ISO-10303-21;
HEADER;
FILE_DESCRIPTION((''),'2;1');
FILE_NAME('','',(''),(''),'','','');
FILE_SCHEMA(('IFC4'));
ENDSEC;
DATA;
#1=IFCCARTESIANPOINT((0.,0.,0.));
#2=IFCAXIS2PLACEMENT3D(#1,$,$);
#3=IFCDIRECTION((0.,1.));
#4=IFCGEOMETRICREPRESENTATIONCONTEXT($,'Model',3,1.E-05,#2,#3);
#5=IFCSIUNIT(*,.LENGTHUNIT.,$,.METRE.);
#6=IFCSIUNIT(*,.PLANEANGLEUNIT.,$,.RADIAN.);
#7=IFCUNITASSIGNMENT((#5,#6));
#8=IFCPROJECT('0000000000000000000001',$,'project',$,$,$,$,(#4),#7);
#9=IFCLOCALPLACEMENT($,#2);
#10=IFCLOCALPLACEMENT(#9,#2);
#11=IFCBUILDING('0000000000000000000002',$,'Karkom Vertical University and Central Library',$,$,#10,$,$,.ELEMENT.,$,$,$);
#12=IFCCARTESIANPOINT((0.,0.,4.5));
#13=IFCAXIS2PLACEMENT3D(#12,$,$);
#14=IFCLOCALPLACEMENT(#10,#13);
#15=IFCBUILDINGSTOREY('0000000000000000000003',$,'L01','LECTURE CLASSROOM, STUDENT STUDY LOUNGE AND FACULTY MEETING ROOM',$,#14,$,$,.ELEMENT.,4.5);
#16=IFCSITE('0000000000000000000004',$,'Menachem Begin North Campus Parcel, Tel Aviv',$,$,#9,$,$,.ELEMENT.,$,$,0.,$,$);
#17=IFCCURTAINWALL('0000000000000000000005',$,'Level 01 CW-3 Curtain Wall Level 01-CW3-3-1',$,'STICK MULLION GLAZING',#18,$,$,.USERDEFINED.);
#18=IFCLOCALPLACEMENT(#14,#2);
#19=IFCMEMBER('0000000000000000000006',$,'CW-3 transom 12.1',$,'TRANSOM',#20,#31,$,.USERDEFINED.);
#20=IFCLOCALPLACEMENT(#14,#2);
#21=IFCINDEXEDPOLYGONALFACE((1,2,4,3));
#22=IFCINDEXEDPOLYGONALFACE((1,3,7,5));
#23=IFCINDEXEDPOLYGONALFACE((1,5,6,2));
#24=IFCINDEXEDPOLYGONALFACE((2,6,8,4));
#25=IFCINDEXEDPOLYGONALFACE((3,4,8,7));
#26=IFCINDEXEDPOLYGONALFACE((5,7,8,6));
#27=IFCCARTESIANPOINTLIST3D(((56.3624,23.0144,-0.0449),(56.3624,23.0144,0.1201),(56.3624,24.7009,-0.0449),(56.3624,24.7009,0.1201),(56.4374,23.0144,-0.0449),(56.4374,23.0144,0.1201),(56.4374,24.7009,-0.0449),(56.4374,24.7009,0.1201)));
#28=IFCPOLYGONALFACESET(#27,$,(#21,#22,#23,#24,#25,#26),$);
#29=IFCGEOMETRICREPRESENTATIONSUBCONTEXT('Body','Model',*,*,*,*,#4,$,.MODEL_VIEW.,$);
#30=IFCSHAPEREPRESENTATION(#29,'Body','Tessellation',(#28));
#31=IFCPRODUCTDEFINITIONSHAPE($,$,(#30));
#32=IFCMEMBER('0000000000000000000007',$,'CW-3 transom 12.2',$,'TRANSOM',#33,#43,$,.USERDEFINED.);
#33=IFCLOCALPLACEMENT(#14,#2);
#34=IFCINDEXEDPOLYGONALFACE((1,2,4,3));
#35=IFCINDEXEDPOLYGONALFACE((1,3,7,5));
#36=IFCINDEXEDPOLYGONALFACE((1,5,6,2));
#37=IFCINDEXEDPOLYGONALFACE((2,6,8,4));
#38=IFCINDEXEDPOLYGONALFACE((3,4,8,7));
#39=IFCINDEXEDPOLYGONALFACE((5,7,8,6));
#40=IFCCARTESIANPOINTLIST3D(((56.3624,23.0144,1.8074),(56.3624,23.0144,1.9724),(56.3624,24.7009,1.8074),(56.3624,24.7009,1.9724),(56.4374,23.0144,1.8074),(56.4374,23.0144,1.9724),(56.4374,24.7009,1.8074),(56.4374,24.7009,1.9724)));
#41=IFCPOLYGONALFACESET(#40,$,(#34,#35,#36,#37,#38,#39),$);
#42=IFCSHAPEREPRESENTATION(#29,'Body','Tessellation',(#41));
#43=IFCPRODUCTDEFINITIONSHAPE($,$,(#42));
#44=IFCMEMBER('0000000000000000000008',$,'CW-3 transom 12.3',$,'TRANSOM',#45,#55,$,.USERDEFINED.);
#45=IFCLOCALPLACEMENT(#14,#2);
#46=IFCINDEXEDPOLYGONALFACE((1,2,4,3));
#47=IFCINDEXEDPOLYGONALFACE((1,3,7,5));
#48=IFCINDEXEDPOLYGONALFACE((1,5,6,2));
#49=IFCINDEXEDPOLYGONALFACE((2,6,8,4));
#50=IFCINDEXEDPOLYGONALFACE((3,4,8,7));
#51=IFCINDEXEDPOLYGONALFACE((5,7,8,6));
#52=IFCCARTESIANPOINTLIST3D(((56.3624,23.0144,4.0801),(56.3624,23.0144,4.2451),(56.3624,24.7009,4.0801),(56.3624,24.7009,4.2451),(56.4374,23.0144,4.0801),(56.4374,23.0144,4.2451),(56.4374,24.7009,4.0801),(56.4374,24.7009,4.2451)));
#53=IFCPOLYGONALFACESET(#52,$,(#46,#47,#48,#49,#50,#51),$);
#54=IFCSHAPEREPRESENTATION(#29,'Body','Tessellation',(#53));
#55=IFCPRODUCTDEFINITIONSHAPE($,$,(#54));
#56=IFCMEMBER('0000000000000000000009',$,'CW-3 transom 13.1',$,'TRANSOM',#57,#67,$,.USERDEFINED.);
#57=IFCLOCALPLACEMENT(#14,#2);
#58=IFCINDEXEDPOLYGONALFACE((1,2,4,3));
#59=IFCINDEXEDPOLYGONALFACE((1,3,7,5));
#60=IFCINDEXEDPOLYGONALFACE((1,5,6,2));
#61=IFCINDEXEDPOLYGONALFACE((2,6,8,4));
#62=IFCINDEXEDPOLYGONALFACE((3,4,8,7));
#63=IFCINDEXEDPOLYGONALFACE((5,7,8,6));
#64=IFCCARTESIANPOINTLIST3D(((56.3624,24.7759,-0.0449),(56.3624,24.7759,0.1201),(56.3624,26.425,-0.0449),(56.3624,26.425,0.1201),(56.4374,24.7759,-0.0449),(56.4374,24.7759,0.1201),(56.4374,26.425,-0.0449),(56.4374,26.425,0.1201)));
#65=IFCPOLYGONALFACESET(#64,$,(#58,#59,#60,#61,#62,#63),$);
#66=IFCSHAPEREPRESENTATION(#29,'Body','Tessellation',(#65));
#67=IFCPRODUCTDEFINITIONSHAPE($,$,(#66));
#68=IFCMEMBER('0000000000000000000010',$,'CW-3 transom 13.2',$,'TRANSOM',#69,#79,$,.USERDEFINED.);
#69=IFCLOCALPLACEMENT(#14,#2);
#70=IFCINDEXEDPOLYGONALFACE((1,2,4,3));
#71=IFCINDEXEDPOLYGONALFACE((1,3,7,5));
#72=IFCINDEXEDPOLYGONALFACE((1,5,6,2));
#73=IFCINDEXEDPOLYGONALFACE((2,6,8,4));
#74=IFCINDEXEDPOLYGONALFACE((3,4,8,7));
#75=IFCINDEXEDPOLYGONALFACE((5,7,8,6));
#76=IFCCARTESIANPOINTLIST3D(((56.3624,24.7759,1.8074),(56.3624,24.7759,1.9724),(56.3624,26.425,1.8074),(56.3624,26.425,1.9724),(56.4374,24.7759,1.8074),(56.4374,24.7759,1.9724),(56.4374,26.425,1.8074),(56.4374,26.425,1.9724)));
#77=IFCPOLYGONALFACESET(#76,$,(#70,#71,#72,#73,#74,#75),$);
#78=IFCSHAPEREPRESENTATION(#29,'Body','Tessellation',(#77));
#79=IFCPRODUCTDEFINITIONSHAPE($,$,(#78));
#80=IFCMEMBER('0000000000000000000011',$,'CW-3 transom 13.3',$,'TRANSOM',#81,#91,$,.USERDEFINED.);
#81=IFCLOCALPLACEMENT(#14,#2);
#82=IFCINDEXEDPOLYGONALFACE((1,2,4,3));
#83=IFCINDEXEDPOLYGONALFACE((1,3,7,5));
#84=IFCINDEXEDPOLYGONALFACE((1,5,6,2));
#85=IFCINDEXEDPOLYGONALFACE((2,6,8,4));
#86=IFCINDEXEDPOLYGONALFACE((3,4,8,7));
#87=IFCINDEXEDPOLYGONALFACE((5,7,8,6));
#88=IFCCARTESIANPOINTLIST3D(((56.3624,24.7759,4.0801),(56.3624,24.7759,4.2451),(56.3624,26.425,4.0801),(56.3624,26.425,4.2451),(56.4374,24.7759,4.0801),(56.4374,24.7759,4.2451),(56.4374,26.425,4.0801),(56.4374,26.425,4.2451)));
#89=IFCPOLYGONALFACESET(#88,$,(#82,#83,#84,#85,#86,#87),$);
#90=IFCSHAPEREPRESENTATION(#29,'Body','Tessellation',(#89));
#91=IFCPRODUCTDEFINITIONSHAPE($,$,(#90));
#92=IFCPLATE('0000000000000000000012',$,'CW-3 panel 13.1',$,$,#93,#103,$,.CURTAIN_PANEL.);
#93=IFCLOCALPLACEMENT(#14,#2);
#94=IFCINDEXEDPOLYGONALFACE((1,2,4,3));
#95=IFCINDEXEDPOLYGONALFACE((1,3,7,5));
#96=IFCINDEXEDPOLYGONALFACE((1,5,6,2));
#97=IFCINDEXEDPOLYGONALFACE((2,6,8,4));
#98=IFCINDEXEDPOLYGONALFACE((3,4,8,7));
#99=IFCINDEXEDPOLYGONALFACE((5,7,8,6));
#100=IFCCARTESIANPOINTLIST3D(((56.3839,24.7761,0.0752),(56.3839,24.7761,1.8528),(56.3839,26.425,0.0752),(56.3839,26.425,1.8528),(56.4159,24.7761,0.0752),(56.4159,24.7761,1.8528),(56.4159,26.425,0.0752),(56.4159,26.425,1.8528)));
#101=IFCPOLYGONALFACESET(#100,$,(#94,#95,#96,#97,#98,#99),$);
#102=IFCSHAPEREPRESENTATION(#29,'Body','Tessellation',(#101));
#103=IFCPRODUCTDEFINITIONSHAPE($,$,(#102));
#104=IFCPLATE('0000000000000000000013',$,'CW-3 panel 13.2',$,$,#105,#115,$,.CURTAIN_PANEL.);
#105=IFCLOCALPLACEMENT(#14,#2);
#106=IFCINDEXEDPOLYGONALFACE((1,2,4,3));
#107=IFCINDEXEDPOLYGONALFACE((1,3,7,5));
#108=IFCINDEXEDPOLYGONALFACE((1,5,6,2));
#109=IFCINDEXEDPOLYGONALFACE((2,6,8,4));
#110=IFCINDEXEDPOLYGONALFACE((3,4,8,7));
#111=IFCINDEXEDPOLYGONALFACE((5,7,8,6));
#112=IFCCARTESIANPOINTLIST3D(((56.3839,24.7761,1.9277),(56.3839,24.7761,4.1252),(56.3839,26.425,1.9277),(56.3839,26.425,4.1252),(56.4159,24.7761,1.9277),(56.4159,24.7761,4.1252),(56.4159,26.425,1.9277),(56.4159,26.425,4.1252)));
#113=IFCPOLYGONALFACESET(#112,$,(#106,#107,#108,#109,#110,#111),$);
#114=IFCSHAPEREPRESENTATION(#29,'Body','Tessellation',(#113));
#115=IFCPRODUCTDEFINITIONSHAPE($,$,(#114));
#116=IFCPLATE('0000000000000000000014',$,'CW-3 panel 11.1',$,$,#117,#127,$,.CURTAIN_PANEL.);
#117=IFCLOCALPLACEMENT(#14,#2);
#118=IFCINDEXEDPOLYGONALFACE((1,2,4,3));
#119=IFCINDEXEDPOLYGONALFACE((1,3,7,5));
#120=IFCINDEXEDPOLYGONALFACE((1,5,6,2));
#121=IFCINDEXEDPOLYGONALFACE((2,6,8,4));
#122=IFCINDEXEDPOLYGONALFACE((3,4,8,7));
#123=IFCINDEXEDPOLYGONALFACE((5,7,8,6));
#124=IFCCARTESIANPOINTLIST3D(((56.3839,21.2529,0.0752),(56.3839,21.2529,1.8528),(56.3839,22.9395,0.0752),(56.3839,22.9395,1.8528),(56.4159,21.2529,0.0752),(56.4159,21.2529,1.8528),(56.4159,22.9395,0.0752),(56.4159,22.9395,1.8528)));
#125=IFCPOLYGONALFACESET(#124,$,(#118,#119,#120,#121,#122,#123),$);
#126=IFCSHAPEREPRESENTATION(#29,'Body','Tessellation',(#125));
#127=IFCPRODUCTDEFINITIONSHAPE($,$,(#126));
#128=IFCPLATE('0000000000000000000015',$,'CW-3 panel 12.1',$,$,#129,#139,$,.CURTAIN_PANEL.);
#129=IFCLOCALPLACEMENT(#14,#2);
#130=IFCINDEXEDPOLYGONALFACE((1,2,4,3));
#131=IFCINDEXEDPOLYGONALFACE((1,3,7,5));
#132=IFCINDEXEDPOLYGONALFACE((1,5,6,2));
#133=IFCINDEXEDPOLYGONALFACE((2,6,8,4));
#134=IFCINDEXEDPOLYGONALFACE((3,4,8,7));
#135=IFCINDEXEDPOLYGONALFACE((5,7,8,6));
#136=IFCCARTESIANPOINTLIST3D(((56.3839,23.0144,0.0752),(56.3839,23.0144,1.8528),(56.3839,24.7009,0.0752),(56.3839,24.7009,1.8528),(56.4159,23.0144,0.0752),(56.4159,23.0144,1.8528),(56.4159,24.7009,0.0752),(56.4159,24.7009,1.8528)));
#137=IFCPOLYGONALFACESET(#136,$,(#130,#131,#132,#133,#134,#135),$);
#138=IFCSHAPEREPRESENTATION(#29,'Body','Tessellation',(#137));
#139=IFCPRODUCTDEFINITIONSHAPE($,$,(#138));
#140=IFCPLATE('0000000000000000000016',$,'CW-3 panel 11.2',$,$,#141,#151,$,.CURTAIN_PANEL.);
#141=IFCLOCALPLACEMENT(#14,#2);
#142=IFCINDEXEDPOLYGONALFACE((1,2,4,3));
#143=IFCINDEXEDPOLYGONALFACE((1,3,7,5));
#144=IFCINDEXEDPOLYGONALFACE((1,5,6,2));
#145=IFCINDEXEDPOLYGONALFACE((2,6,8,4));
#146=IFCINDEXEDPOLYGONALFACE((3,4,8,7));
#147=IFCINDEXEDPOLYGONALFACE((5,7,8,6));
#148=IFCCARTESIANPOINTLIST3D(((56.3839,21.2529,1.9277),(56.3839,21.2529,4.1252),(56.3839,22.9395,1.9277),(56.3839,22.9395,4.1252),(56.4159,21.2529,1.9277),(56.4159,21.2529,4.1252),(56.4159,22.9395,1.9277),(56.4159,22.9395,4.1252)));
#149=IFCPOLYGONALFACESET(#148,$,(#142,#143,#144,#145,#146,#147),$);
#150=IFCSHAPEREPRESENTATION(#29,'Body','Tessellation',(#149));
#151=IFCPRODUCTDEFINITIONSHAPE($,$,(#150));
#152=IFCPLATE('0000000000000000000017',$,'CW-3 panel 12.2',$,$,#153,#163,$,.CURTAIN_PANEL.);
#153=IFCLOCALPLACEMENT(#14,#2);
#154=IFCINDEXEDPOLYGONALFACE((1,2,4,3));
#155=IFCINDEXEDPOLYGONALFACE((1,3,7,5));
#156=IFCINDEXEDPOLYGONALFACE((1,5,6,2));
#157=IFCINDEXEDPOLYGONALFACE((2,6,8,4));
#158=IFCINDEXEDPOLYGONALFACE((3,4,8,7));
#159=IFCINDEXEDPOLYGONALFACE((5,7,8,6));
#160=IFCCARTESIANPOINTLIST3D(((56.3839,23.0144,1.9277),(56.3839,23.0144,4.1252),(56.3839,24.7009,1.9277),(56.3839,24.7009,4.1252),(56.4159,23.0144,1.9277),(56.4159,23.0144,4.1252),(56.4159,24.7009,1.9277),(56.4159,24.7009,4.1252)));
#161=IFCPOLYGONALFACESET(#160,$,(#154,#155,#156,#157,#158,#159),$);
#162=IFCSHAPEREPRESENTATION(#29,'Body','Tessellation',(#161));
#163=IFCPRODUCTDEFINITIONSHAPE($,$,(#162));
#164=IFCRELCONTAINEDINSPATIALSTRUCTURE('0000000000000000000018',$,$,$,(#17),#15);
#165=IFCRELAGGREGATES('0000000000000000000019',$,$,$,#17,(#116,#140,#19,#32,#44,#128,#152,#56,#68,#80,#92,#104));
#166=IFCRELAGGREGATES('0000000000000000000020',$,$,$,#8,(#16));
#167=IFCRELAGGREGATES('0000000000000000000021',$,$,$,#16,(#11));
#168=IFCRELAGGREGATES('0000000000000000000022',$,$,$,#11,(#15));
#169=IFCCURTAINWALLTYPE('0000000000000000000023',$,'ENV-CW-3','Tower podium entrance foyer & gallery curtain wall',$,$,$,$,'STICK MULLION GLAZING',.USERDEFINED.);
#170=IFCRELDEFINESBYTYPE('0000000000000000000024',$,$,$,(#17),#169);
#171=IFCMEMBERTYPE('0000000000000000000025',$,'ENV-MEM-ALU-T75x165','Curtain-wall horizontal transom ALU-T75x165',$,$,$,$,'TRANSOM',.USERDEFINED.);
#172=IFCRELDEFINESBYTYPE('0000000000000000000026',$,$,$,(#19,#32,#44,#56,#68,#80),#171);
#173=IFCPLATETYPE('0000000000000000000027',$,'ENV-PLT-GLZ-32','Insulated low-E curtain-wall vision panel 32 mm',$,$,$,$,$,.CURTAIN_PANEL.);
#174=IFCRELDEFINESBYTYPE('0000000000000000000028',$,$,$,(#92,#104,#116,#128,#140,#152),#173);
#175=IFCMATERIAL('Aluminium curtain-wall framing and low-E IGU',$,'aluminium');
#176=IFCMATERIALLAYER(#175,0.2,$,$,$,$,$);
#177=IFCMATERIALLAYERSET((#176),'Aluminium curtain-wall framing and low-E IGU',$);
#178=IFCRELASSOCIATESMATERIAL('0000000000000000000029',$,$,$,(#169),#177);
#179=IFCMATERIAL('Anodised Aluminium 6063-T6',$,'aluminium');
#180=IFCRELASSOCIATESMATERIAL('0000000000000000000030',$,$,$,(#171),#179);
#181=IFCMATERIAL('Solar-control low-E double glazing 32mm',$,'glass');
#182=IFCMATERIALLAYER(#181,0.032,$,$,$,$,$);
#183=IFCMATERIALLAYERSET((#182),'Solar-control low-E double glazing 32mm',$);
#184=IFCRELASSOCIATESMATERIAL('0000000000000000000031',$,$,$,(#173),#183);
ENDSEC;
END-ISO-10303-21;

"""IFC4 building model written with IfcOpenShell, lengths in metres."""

from ifc_helpers import new_model, si_unit, direction, frame, origin, origin_with_axes, origin_2d, place, context, subcontext, project, spatial, rectangle, extrude, source, transform, mapped, material, layer, layer_set, material_profile, profile_set, type_object, element, aggregate, save


model = new_model("IFC4")

# Units and contexts
model_context = context("Model", 3, precision=1e-05, world=origin(), true_north=direction((0.0, 1.0)))
body_context = subcontext(model_context, "Body", "Model", "MODEL_VIEW")
ifc_project = project(units=[si_unit("LENGTHUNIT", "METRE"), si_unit("PLANEANGLEUNIT", "RADIAN")], contexts=[model_context])

# Site, building, storey
site_placement = place(None, origin())
site = spatial("IfcSite", under=ifc_project, at=site_placement, Name="Menachem Begin North Campus Parcel, Tel Aviv", CompositionType="ELEMENT", RefElevation=0.0)
building_placement = place(site_placement, origin())
building = spatial("IfcBuilding", under=site, at=building_placement, Name="Karkom Vertical University and Central Library", CompositionType="ELEMENT")
storey_placement = place(building_placement, frame((0.0, 0.0, 4.5)))
storey = spatial("IfcBuildingStorey", under=building, at=storey_placement, Name="L01", Description="LECTURE CLASSROOM, STUDENT STUDY LOUNGE AND FACULTY MEETING ROOM", CompositionType="ELEMENT", Elevation=4.5)

# Curtain wall
ifc_material_1 = material(Name="Aluminium curtain-wall framing and low-E IGU", Category="aluminium")
ifc_layer_1 = layer(ifc_material_1, 0.2)
ifc_layer_set_1 = layer_set([ifc_layer_1], Name="Aluminium curtain-wall framing and low-E IGU")
curtain_wall_type_1 = type_object("IfcCurtainWallType", Name="ENV-CW-3", Description="Tower podium entrance foyer & gallery curtain wall", ElementType="STICK MULLION GLAZING", PredefinedType="USERDEFINED", material=ifc_layer_set_1)
curtain_wall_1_placement = place(storey_placement, origin())
curtain_wall_1 = element("IfcCurtainWall", 1, at=curtain_wall_1_placement, inside=storey, type_object=curtain_wall_type_1, Name="Level 01 CW-3 Curtain Wall Level 01-CW3-3-1", ObjectType="STICK MULLION GLAZING", PredefinedType="USERDEFINED")
ifc_material_2 = material(Name="Anodised Aluminium 6063-T6", Category="aluminium")

# Members
ifc_material_profile_1 = material_profile(ifc_material_2, rectangle(XDim=0.075, YDim=0.165, at=origin_2d()), Name="ALU-T75x165")
ifc_profile_set_1 = profile_set([ifc_material_profile_1], Name="Anodised Aluminium 6063-T6")
member_type_1 = type_object("IfcMemberType", Name="ENV-MEM-ALU-T75x165", Description="Curtain-wall horizontal transom ALU-T75x165", ElementType="TRANSOM", PredefinedType="USERDEFINED", material=ifc_profile_set_1)
shared_shape_1 = source(origin_with_axes(), body_context, "Body", "SweptSolid", [
    extrude(rectangle(XDim=0.075, YDim=0.165, at=origin_2d()), origin(), (0.0, 0.0, 1.0), 1.6865),
])
member_1_placement = place(storey_placement, frame((56.3999, 23.0144, 0.0376), z_axis=(0.0, 1.0, 0.0), x_axis=(-1.0, 0.0, 0.0)))
member_1 = element("IfcMember", 2, at=member_1_placement, type_object=member_type_1, Name="CW-3 transom 12.1", ObjectType="TRANSOM", PredefinedType="USERDEFINED", context=body_context, shape_type="MappedRepresentation", body=[
    mapped(shared_shape_1, transform((0.0, 0.0, 0.0), scale=1.0)),
])
member_2_placement = place(storey_placement, frame((56.3999, 23.0144, 1.8899), z_axis=(0.0, 1.0, 0.0), x_axis=(-1.0, 0.0, 0.0)))
member_2 = element("IfcMember", 3, at=member_2_placement, type_object=member_type_1, Name="CW-3 transom 12.2", ObjectType="TRANSOM", PredefinedType="USERDEFINED", context=body_context, shape_type="MappedRepresentation", body=[
    mapped(shared_shape_1, transform((0.0, 0.0, 0.0), scale=1.0)),
])
member_3_placement = place(storey_placement, frame((56.3999, 23.0144, 4.1626), z_axis=(0.0, 1.0, 0.0), x_axis=(-1.0, 0.0, 0.0)))
member_3 = element("IfcMember", 4, at=member_3_placement, type_object=member_type_1, Name="CW-3 transom 12.3", ObjectType="TRANSOM", PredefinedType="USERDEFINED", context=body_context, shape_type="MappedRepresentation", body=[
    mapped(shared_shape_1, transform((0.0, 0.0, 0.0), scale=1.0)),
])
shared_shape_2 = source(origin_with_axes(), body_context, "Body", "SweptSolid", [
    extrude(rectangle(XDim=0.075, YDim=0.165, at=origin_2d()), origin(), (0.0, 0.0, 1.0), 1.6492),
])
member_4_placement = place(storey_placement, frame((56.3999, 24.7759, 0.0376), z_axis=(0.0, 1.0, 0.0), x_axis=(-1.0, 0.0, 0.0)))
member_4 = element("IfcMember", 5, at=member_4_placement, type_object=member_type_1, Name="CW-3 transom 13.1", ObjectType="TRANSOM", PredefinedType="USERDEFINED", context=body_context, shape_type="MappedRepresentation", body=[
    mapped(shared_shape_2, transform((0.0, 0.0, 0.0), scale=1.0)),
])
member_5_placement = place(storey_placement, frame((56.3999, 24.7759, 1.8899), z_axis=(0.0, 1.0, 0.0), x_axis=(-1.0, 0.0, 0.0)))
member_5 = element("IfcMember", 6, at=member_5_placement, type_object=member_type_1, Name="CW-3 transom 13.2", ObjectType="TRANSOM", PredefinedType="USERDEFINED", context=body_context, shape_type="MappedRepresentation", body=[
    mapped(shared_shape_2, transform((0.0, 0.0, 0.0), scale=1.0)),
])
member_6_placement = place(storey_placement, frame((56.3999, 24.7759, 4.1626), z_axis=(0.0, 1.0, 0.0), x_axis=(-1.0, 0.0, 0.0)))
member_6 = element("IfcMember", 7, at=member_6_placement, type_object=member_type_1, Name="CW-3 transom 13.3", ObjectType="TRANSOM", PredefinedType="USERDEFINED", context=body_context, shape_type="MappedRepresentation", body=[
    mapped(shared_shape_2, transform((0.0, 0.0, 0.0), scale=1.0)),
])

# Plates
ifc_material_3 = material(Name="Solar-control low-E double glazing 32mm", Category="glass")
ifc_layer_2 = layer(ifc_material_3, 0.032)
ifc_layer_set_2 = layer_set([ifc_layer_2], Name="Solar-control low-E double glazing 32mm")
plate_type = type_object("IfcPlateType", Name="ENV-PLT-GLZ-32", Description="Insulated low-E curtain-wall vision panel 32 mm", PredefinedType="CURTAIN_PANEL", material=ifc_layer_set_2)
shared_shape_3 = source(origin_with_axes(), body_context, "Body", "SweptSolid", [
    extrude(rectangle(XDim=1.6489, YDim=0.032, at=origin_2d()), origin(), (0.0, 0.0, 1.0), 1.7776),
])
plate_1_placement = place(storey_placement, frame((56.3999, 25.6006, 0.0752), z_axis=(0.0, 0.0, 1.0), x_axis=(0.0, 1.0, 0.0)))
plate_1 = element("IfcPlate", 8, at=plate_1_placement, type_object=plate_type, Name="CW-3 panel 13.1", PredefinedType="CURTAIN_PANEL", context=body_context, shape_type="MappedRepresentation", body=[
    mapped(shared_shape_3, transform((0.0, 0.0, 0.0), scale=1.0)),
])
shared_shape_4 = source(origin_with_axes(), body_context, "Body", "SweptSolid", [
    extrude(rectangle(XDim=1.6489, YDim=0.032, at=origin_2d()), origin(), (0.0, 0.0, 1.0), 2.1975),
])
plate_2_placement = place(storey_placement, frame((56.3999, 25.6006, 1.9277), z_axis=(0.0, 0.0, 1.0), x_axis=(0.0, 1.0, 0.0)))
plate_2 = element("IfcPlate", 9, at=plate_2_placement, type_object=plate_type, Name="CW-3 panel 13.2", PredefinedType="CURTAIN_PANEL", context=body_context, shape_type="MappedRepresentation", body=[
    mapped(shared_shape_4, transform((0.0, 0.0, 0.0), scale=1.0)),
])
shared_shape_5 = source(origin_with_axes(), body_context, "Body", "SweptSolid", [
    extrude(rectangle(XDim=1.6865, YDim=0.032, at=origin_2d()), origin(), (0.0, 0.0, 1.0), 1.7776),
])
plate_3_placement = place(storey_placement, frame((56.3999, 22.0962, 0.0752), z_axis=(0.0, 0.0, 1.0), x_axis=(0.0, 1.0, 0.0)))
plate_3 = element("IfcPlate", 10, at=plate_3_placement, type_object=plate_type, Name="CW-3 panel 11.1", PredefinedType="CURTAIN_PANEL", context=body_context, shape_type="MappedRepresentation", body=[
    mapped(shared_shape_5, transform((0.0, 0.0, 0.0), scale=1.0)),
])
plate_4_placement = place(storey_placement, frame((56.3999, 23.8577, 0.0752), z_axis=(0.0, 0.0, 1.0), x_axis=(0.0, 1.0, 0.0)))
plate_4 = element("IfcPlate", 11, at=plate_4_placement, type_object=plate_type, Name="CW-3 panel 12.1", PredefinedType="CURTAIN_PANEL", context=body_context, shape_type="MappedRepresentation", body=[
    mapped(shared_shape_5, transform((0.0, 0.0, 0.0), scale=1.0)),
])
shared_shape_6 = source(origin_with_axes(), body_context, "Body", "SweptSolid", [
    extrude(rectangle(XDim=1.6865, YDim=0.032, at=origin_2d()), origin(), (0.0, 0.0, 1.0), 2.1975),
])
plate_5_placement = place(storey_placement, frame((56.3999, 22.0962, 1.9277), z_axis=(0.0, 0.0, 1.0), x_axis=(0.0, 1.0, 0.0)))
plate_5 = element("IfcPlate", 12, at=plate_5_placement, type_object=plate_type, Name="CW-3 panel 11.2", PredefinedType="CURTAIN_PANEL", context=body_context, shape_type="MappedRepresentation", body=[
    mapped(shared_shape_6, transform((0.0, 0.0, 0.0), scale=1.0)),
])
plate_6_placement = place(storey_placement, frame((56.3999, 23.8577, 1.9277), z_axis=(0.0, 0.0, 1.0), x_axis=(0.0, 1.0, 0.0)))
plate_6 = element("IfcPlate", 13, at=plate_6_placement, type_object=plate_type, Name="CW-3 panel 12.2", PredefinedType="CURTAIN_PANEL", context=body_context, shape_type="MappedRepresentation", body=[
    mapped(shared_shape_6, transform((0.0, 0.0, 0.0), scale=1.0)),
])
aggregate(curtain_wall_1, [plate_3, plate_5, member_1, member_2, member_3, plate_4, plate_6, member_4, member_5, member_6, plate_1, plate_2])

save(model, "model.ifc")
